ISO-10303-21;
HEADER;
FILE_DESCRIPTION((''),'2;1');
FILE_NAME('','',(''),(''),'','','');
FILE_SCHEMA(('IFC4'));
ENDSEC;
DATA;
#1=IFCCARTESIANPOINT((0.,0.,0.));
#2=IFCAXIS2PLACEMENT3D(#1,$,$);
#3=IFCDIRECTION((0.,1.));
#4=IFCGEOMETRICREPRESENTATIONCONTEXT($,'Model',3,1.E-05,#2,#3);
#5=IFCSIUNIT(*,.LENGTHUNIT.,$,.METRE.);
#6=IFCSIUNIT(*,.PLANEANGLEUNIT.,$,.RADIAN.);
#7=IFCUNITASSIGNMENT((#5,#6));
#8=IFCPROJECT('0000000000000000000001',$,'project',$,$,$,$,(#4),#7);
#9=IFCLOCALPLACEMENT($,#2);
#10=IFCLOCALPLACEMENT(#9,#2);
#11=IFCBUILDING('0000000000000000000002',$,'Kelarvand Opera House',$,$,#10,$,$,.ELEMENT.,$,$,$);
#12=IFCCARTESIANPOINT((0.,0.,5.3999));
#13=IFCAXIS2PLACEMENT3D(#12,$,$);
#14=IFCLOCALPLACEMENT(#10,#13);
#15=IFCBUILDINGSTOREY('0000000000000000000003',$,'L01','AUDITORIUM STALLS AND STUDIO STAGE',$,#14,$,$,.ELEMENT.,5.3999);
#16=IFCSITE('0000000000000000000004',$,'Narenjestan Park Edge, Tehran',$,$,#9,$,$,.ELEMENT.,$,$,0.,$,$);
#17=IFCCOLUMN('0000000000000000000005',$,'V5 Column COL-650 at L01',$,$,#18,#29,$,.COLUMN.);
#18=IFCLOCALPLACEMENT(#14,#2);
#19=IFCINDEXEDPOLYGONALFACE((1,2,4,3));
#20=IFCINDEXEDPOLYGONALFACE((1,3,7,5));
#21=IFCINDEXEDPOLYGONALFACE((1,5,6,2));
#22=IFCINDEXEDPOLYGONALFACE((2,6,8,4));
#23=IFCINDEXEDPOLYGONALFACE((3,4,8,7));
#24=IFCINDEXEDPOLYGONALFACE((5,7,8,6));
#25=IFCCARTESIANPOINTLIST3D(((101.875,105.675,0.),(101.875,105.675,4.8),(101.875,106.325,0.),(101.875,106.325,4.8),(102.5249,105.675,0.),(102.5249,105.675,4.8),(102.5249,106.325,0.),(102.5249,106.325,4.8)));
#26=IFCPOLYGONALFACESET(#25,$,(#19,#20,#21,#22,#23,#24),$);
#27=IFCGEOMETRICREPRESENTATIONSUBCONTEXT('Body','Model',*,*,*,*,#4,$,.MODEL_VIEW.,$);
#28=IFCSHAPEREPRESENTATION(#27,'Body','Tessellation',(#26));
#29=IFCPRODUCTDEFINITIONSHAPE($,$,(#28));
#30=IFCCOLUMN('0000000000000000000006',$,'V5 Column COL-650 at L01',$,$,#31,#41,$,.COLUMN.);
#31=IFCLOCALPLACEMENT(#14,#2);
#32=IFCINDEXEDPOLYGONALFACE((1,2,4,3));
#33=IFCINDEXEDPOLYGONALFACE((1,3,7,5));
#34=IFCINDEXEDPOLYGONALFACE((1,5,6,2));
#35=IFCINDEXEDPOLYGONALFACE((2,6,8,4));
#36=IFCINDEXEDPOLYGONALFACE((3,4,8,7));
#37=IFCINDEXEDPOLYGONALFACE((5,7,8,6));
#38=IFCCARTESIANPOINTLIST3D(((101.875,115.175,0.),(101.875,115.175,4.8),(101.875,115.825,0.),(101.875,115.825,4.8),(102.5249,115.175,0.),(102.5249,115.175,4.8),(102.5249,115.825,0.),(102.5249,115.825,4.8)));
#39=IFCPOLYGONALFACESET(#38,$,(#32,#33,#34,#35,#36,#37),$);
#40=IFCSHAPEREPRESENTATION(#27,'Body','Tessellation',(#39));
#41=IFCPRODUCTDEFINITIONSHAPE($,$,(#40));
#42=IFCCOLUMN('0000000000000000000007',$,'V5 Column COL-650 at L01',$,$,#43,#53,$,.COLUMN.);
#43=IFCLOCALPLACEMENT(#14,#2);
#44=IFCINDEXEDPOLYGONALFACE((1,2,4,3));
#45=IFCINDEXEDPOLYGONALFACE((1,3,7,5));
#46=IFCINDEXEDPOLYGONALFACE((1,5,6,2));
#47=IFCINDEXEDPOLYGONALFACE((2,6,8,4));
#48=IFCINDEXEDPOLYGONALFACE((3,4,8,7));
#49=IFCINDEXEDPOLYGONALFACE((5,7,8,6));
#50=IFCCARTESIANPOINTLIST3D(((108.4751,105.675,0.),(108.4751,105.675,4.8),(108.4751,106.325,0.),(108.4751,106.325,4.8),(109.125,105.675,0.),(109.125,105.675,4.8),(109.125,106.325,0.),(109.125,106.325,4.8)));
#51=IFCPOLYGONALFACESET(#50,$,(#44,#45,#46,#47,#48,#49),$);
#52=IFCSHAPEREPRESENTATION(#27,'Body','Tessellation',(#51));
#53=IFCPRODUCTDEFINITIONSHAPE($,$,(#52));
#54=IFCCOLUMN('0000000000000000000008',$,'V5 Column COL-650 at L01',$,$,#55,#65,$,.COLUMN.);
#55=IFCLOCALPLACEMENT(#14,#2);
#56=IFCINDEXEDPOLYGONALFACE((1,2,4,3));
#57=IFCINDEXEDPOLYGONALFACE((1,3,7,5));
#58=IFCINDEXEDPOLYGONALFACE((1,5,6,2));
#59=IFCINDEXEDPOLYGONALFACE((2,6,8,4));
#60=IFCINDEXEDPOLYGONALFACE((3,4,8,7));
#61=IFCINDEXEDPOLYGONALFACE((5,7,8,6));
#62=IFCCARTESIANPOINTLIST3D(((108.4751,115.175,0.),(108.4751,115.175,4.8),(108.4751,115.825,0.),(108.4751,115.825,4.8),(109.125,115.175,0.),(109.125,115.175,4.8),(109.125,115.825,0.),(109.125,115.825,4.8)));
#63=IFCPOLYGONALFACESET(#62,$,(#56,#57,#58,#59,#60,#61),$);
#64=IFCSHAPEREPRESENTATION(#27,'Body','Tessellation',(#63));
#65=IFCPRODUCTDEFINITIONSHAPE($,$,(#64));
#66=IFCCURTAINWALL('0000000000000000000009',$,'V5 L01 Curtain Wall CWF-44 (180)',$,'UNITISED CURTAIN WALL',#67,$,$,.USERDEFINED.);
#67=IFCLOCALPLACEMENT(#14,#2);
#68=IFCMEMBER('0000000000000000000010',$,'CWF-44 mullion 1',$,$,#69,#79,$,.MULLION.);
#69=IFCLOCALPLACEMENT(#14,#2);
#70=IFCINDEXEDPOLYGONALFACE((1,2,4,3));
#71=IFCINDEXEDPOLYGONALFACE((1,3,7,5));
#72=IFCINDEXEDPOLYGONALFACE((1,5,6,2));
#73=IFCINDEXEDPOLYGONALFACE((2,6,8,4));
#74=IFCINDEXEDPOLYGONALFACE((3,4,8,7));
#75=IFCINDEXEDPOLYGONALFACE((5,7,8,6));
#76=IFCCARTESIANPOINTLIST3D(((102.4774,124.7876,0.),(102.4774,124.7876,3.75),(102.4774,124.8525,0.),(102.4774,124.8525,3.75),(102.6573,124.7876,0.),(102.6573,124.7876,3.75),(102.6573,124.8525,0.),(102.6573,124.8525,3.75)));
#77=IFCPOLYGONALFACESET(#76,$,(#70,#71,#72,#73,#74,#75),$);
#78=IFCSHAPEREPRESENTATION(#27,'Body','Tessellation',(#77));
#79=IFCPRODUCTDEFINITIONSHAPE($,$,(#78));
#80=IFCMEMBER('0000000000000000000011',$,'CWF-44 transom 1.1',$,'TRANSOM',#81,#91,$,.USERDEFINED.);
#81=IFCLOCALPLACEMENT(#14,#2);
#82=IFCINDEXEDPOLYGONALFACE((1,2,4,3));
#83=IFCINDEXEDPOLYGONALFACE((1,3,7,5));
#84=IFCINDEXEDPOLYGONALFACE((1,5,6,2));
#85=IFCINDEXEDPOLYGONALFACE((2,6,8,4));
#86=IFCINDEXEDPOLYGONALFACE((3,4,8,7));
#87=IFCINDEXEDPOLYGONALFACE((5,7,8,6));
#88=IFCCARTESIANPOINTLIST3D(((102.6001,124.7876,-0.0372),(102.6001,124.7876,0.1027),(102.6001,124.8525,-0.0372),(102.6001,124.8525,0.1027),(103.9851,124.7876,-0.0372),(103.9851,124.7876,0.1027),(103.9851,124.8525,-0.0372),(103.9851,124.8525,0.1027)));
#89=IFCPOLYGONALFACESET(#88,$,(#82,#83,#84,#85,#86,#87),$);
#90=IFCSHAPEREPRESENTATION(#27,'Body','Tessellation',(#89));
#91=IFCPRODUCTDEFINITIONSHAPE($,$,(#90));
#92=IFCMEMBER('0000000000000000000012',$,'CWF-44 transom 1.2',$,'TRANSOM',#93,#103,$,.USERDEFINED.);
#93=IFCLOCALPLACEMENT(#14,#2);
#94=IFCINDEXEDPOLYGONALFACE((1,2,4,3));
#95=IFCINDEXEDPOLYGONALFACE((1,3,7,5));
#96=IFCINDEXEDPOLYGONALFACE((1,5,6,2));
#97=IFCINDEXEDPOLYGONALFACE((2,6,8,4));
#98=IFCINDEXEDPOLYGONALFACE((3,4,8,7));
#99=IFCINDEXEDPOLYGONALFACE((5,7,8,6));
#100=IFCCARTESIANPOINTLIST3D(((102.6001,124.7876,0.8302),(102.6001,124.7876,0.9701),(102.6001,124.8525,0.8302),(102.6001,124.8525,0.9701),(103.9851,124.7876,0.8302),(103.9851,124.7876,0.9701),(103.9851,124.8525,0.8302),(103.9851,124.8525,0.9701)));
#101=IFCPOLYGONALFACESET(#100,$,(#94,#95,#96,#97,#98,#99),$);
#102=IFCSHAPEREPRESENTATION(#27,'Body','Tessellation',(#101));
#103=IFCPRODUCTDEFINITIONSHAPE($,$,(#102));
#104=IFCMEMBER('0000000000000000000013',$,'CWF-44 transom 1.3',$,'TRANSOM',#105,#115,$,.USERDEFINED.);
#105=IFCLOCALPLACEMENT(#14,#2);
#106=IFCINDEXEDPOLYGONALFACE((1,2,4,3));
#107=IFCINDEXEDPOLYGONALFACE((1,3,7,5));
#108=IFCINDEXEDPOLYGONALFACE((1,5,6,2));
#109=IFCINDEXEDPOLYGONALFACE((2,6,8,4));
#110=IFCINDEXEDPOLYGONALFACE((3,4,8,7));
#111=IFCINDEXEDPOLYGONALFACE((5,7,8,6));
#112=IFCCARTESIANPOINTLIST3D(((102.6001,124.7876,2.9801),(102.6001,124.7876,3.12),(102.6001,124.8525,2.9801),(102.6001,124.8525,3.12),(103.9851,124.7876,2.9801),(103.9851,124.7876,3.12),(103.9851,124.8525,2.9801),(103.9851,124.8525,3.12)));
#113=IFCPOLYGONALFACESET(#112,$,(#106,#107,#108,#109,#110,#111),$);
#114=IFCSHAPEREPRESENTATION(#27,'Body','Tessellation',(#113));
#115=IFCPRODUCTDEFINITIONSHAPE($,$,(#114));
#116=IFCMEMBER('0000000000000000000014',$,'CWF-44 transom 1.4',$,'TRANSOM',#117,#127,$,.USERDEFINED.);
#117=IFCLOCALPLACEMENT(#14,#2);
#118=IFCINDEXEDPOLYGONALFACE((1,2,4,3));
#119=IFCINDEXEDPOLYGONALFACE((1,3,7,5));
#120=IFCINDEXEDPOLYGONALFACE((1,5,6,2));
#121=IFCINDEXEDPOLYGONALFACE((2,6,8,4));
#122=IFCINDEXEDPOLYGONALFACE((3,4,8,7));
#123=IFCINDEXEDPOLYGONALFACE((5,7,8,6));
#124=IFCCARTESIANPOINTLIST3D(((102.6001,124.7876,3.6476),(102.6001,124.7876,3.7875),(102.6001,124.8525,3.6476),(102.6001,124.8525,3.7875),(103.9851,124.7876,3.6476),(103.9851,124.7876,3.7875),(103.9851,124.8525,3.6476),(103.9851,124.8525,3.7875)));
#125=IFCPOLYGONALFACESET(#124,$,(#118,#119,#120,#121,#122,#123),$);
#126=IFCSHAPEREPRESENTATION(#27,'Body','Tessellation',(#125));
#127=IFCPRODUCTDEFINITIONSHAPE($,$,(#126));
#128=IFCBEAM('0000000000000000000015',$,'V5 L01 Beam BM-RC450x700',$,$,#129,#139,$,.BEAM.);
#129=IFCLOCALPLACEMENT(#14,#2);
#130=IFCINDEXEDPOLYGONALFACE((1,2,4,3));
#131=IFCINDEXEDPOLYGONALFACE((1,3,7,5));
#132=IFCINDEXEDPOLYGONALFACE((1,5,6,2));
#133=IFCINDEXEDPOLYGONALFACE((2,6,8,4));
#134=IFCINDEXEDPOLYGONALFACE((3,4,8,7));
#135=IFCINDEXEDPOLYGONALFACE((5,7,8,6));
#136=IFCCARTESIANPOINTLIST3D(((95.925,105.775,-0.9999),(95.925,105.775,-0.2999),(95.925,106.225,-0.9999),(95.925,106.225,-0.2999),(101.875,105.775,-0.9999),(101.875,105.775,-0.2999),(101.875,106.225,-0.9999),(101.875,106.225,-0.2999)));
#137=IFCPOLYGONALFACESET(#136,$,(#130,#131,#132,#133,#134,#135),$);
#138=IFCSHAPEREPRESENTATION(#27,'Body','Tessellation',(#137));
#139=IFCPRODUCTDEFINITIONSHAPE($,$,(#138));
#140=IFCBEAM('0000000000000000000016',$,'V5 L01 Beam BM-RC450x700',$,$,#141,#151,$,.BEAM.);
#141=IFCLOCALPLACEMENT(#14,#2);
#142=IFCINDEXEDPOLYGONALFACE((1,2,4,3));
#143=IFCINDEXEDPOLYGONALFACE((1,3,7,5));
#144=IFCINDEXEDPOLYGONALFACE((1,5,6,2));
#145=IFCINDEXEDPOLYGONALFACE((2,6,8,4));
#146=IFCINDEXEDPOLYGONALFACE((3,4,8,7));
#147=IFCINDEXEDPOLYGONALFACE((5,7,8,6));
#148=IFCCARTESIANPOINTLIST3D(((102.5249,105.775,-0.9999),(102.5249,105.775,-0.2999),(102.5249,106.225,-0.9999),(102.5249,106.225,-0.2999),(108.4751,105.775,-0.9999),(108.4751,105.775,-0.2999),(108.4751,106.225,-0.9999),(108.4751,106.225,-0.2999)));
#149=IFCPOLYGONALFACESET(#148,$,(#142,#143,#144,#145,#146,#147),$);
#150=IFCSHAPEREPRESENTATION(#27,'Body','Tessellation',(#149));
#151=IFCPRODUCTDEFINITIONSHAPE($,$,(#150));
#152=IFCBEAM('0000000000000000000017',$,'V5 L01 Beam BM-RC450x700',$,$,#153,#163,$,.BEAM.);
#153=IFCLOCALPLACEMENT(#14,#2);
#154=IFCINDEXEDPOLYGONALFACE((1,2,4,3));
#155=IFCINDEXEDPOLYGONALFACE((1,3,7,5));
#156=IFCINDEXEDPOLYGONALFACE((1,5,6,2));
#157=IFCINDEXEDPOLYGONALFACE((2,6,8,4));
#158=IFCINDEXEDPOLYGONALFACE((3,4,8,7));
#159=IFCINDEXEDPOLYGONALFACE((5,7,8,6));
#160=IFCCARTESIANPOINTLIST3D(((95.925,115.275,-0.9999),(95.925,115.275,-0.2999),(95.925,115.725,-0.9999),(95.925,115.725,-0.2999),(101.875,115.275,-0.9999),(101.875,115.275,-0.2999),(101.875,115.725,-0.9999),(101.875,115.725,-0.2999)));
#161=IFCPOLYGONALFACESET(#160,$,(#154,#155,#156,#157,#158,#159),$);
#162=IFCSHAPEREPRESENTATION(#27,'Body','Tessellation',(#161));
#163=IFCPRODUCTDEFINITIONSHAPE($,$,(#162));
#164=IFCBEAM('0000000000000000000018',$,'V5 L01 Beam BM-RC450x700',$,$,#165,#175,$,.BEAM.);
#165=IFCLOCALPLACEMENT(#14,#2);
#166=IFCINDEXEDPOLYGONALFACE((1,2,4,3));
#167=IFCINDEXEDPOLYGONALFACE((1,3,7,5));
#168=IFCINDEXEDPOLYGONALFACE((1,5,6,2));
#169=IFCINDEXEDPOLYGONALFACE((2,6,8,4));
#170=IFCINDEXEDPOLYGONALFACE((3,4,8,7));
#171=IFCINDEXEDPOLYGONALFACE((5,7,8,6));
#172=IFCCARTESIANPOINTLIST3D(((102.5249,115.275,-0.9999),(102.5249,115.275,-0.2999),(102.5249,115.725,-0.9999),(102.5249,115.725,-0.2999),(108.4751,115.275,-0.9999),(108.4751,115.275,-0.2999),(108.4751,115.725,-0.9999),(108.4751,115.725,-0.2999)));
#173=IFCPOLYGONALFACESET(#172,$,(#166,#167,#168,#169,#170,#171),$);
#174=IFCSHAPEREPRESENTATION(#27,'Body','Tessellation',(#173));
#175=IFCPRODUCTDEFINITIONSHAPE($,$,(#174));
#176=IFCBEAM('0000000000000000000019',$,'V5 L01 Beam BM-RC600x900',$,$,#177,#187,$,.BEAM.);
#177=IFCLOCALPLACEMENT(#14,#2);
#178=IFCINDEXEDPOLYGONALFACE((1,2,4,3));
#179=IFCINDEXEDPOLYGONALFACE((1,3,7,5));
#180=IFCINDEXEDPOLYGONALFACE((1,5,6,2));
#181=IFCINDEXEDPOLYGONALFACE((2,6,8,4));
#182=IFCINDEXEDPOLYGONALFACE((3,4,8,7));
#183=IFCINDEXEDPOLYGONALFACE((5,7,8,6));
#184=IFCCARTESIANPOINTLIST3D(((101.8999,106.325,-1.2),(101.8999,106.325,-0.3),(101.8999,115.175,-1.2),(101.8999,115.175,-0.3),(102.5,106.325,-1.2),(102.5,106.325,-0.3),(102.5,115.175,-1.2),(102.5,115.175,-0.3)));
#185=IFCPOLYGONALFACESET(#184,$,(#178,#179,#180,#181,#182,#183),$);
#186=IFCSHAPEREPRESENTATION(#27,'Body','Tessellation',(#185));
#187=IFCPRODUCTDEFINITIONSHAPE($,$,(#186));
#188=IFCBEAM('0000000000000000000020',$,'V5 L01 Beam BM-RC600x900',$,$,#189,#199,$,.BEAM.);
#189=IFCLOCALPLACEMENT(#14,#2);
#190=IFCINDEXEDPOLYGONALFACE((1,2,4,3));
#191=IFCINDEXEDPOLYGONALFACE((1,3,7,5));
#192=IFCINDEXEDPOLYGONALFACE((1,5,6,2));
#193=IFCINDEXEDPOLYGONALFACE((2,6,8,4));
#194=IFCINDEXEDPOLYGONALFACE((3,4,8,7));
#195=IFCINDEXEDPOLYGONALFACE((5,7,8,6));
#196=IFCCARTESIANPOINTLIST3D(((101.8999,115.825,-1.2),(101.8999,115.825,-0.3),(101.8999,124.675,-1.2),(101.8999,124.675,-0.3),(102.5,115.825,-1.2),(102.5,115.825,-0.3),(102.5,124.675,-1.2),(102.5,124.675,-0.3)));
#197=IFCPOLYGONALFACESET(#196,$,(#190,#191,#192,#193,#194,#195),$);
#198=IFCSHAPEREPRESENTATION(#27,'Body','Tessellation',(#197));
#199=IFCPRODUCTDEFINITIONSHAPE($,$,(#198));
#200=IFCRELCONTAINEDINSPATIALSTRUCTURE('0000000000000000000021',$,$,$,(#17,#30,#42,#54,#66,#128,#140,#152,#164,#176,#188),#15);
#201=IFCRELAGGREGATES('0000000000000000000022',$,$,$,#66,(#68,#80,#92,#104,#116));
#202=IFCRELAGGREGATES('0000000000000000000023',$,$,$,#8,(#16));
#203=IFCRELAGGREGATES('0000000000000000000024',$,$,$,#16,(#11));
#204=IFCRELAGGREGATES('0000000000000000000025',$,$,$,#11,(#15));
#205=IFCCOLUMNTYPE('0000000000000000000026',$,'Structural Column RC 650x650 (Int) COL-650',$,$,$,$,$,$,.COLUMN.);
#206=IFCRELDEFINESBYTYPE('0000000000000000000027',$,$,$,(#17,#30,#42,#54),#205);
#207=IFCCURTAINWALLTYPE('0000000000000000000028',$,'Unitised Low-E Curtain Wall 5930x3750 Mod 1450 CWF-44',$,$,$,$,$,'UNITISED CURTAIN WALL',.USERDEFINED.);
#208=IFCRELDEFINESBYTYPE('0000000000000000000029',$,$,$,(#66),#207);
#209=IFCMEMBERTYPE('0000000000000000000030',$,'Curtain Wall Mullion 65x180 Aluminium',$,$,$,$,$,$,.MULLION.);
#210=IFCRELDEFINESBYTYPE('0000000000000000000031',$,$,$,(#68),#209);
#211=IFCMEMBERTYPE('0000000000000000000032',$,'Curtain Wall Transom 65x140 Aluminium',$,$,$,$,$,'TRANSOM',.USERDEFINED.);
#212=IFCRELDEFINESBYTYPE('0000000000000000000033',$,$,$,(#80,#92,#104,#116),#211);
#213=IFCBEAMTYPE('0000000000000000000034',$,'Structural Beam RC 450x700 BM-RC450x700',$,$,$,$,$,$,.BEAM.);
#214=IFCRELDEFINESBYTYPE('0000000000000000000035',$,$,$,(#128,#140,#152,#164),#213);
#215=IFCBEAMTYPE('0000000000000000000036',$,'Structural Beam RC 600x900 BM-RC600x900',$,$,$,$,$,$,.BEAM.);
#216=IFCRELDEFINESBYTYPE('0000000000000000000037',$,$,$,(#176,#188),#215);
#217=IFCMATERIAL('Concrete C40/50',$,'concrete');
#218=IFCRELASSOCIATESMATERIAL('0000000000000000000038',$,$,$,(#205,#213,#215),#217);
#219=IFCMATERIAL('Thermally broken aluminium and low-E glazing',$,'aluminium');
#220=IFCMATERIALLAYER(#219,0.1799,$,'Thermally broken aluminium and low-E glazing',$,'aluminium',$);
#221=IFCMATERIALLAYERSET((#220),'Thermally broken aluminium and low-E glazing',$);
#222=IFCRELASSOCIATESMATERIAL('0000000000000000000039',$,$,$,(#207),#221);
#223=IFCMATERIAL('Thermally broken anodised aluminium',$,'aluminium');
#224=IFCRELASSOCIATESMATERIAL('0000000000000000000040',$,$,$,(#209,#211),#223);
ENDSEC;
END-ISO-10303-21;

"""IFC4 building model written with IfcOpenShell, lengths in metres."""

from ifc_helpers import new_model, si_unit, direction, frame, origin, origin_2d, place, context, subcontext, project, spatial, rectangle, extrude, material, layer, layer_set, material_profile, profile_set, type_object, element, aggregate, save


model = new_model("IFC4")

# Units and contexts
model_context = context("Model", 3, precision=1e-05, world=origin(), true_north=direction((0.0, 1.0)))
body_context = subcontext(model_context, "Body", "Model", "MODEL_VIEW")
ifc_project = project(units=[si_unit("LENGTHUNIT", "METRE"), si_unit("PLANEANGLEUNIT", "RADIAN")], contexts=[model_context])

# Site, building, storey
site_placement = place(None, origin())
site = spatial("IfcSite", under=ifc_project, at=site_placement, Name="Narenjestan Park Edge, Tehran", CompositionType="ELEMENT", RefElevation=0.0)
building_placement = place(site_placement, origin())
building = spatial("IfcBuilding", under=site, at=building_placement, Name="Kelarvand Opera House", CompositionType="ELEMENT")
storey_placement = place(building_placement, frame((0.0, 0.0, 5.3999)))
storey = spatial("IfcBuildingStorey", under=building, at=storey_placement, Name="L01", Description="AUDITORIUM STALLS AND STUDIO STAGE", CompositionType="ELEMENT", Elevation=5.3999)

# Columns
ifc_material_1 = material(Name="Concrete C40/50", Category="concrete")
ifc_material_profile_1 = material_profile(ifc_material_1, rectangle(XDim=0.6499, YDim=0.6499, at=origin_2d()), Name="RC 650x650", Category="concrete")
ifc_profile_set_1 = profile_set([ifc_material_profile_1], Name="Concrete C40/50")
column_type = type_object("IfcColumnType", Name="Structural Column RC 650x650 (Int) COL-650", PredefinedType="COLUMN", material=ifc_profile_set_1)
for number, where, z_axis, x_axis, name in (
    (1, (102.2, 106.0, 0.0), (0.0, 0.0, 1.0), (1.0, 0.0, 0.0), "V5 Column COL-650 at L01"),
    (2, (102.2, 115.5, 0.0), (0.0, 0.0, 1.0), (1.0, 0.0, 0.0), "V5 Column COL-650 at L01"),
    (3, (108.8, 106.0, 0.0), (0.0, 0.0, 1.0), (1.0, 0.0, 0.0), "V5 Column COL-650 at L01"),
    (4, (108.8, 115.5, 0.0), (0.0, 0.0, 1.0), (1.0, 0.0, 0.0), "V5 Column COL-650 at L01"),
):
    element("IfcColumn", number, at=place(storey_placement, frame(where, z_axis=z_axis, x_axis=x_axis)), inside=storey, type_object=column_type, Name=name, PredefinedType="COLUMN", context=body_context, shape_type="SweptSolid", body=[
        extrude(rectangle(XDim=0.6499, YDim=0.6499, at=origin_2d()), origin(), (0.0, 0.0, 1.0), 4.8),
    ])

# Curtain wall, members
ifc_material_2 = material(Name="Thermally broken aluminium and low-E glazing", Category="aluminium")
ifc_layer_1 = layer(ifc_material_2, 0.1799, Name="Thermally broken aluminium and low-E glazing", Category="aluminium")
ifc_layer_set_1 = layer_set([ifc_layer_1], Name="Thermally broken aluminium and low-E glazing")
curtain_wall_type = type_object("IfcCurtainWallType", Name="Unitised Low-E Curtain Wall 5930x3750 Mod 1450 CWF-44", ElementType="UNITISED CURTAIN WALL", PredefinedType="USERDEFINED", material=ifc_layer_set_1)
curtain_wall_placement = place(storey_placement, origin())
curtain_wall = element("IfcCurtainWall", 5, at=curtain_wall_placement, inside=storey, type_object=curtain_wall_type, Name="V5 L01 Curtain Wall CWF-44 (180)", ObjectType="UNITISED CURTAIN WALL", PredefinedType="USERDEFINED")
ifc_material_3 = material(Name="Thermally broken anodised aluminium", Category="aluminium")
ifc_material_profile_2 = material_profile(ifc_material_3, rectangle(XDim=0.0649, YDim=0.1799, at=origin_2d()), Name="ALU MULLION 65x180", Category="aluminium")
ifc_profile_set_2 = profile_set([ifc_material_profile_2], Name="Thermally broken anodised aluminium")
member_type_1 = type_object("IfcMemberType", Name="Curtain Wall Mullion 65x180 Aluminium", PredefinedType="MULLION", material=ifc_profile_set_2)
member_1_placement = place(storey_placement, frame((102.5674, 124.8201, 0.0), z_axis=(0.0, 0.0, 1.0), x_axis=(0.0, 1.0, 0.0)))
member_1 = element("IfcMember", 6, at=member_1_placement, type_object=member_type_1, Name="CWF-44 mullion 1", PredefinedType="MULLION", context=body_context, shape_type="SweptSolid", body=[
    extrude(rectangle(XDim=0.0649, YDim=0.1799, at=origin_2d()), origin(), (0.0, 0.0, 1.0), 3.75),
])
ifc_material_profile_3 = material_profile(ifc_material_3, rectangle(XDim=0.0649, YDim=0.1399, at=origin_2d()), Name="ALU TRANSOM 65x140", Category="aluminium")
ifc_profile_set_3 = profile_set([ifc_material_profile_3], Name="Thermally broken anodised aluminium")
member_type_2 = type_object("IfcMemberType", Name="Curtain Wall Transom 65x140 Aluminium", ElementType="TRANSOM", PredefinedType="USERDEFINED", material=ifc_profile_set_3)
member_2_placement = place(storey_placement, frame((102.6001, 124.8201, 0.0327), z_axis=(1.0, 0.0, 0.0), x_axis=(0.0, 1.0, 0.0)))
member_2 = element("IfcMember", 7, at=member_2_placement, type_object=member_type_2, Name="CWF-44 transom 1.1", ObjectType="TRANSOM", PredefinedType="USERDEFINED", context=body_context, shape_type="SweptSolid", body=[
    extrude(rectangle(XDim=0.0649, YDim=0.1399, at=origin_2d()), origin(), (0.0, 0.0, 1.0), 1.385),
])
member_3_placement = place(storey_placement, frame((102.6001, 124.8201, 0.9001), z_axis=(1.0, 0.0, 0.0), x_axis=(0.0, 1.0, 0.0)))
member_3 = element("IfcMember", 8, at=member_3_placement, type_object=member_type_2, Name="CWF-44 transom 1.2", ObjectType="TRANSOM", PredefinedType="USERDEFINED", context=body_context, shape_type="SweptSolid", body=[
    extrude(rectangle(XDim=0.0649, YDim=0.1399, at=origin_2d()), origin(), (0.0, 0.0, 1.0), 1.385),
])
member_4_placement = place(storey_placement, frame((102.6001, 124.8201, 3.05), z_axis=(1.0, 0.0, 0.0), x_axis=(0.0, 1.0, 0.0)))
member_4 = element("IfcMember", 9, at=member_4_placement, type_object=member_type_2, Name="CWF-44 transom 1.3", ObjectType="TRANSOM", PredefinedType="USERDEFINED", context=body_context, shape_type="SweptSolid", body=[
    extrude(rectangle(XDim=0.0649, YDim=0.1399, at=origin_2d()), origin(), (0.0, 0.0, 1.0), 1.385),
])
member_5_placement = place(storey_placement, frame((102.6001, 124.8201, 3.7175), z_axis=(1.0, 0.0, 0.0), x_axis=(0.0, 1.0, 0.0)))
member_5 = element("IfcMember", 10, at=member_5_placement, type_object=member_type_2, Name="CWF-44 transom 1.4", ObjectType="TRANSOM", PredefinedType="USERDEFINED", context=body_context, shape_type="SweptSolid", body=[
    extrude(rectangle(XDim=0.0649, YDim=0.1399, at=origin_2d()), origin(), (0.0, 0.0, 1.0), 1.385),
])

# Beams
ifc_material_profile_4 = material_profile(ifc_material_1, rectangle(XDim=0.45, YDim=0.7, at=origin_2d()), Name="RC 450x700", Category="concrete")
ifc_profile_set_4 = profile_set([ifc_material_profile_4], Name="Concrete C40/50")
beam_type_1 = type_object("IfcBeamType", Name="Structural Beam RC 450x700 BM-RC450x700", PredefinedType="BEAM", material=ifc_profile_set_4)
beam_1_placement = place(storey_placement, frame((95.925, 106.0, -0.6499), z_axis=(1.0, 0.0, 0.0), x_axis=(0.0, 1.0, 0.0)))
element("IfcBeam", 11, at=beam_1_placement, inside=storey, type_object=beam_type_1, Name="V5 L01 Beam BM-RC450x700", PredefinedType="BEAM", context=body_context, shape_type="SweptSolid", body=[
    extrude(rectangle(XDim=0.45, YDim=0.7, at=origin_2d()), origin(), (0.0, 0.0, 1.0), 5.95),
])
beam_2_placement = place(storey_placement, frame((102.5249, 106.0, -0.6499), z_axis=(1.0, 0.0, 0.0), x_axis=(0.0, 1.0, 0.0)))
element("IfcBeam", 12, at=beam_2_placement, inside=storey, type_object=beam_type_1, Name="V5 L01 Beam BM-RC450x700", PredefinedType="BEAM", context=body_context, shape_type="SweptSolid", body=[
    extrude(rectangle(XDim=0.45, YDim=0.7, at=origin_2d()), origin(), (0.0, 0.0, 1.0), 5.9502),
])
beam_3_placement = place(storey_placement, frame((95.925, 115.5, -0.6499), z_axis=(1.0, 0.0, 0.0), x_axis=(0.0, 1.0, 0.0)))
element("IfcBeam", 13, at=beam_3_placement, inside=storey, type_object=beam_type_1, Name="V5 L01 Beam BM-RC450x700", PredefinedType="BEAM", context=body_context, shape_type="SweptSolid", body=[
    extrude(rectangle(XDim=0.45, YDim=0.7, at=origin_2d()), origin(), (0.0, 0.0, 1.0), 5.95),
])
beam_4_placement = place(storey_placement, frame((102.5249, 115.5, -0.6499), z_axis=(1.0, 0.0, 0.0), x_axis=(0.0, 1.0, 0.0)))
element("IfcBeam", 14, at=beam_4_placement, inside=storey, type_object=beam_type_1, Name="V5 L01 Beam BM-RC450x700", PredefinedType="BEAM", context=body_context, shape_type="SweptSolid", body=[
    extrude(rectangle(XDim=0.45, YDim=0.7, at=origin_2d()), origin(), (0.0, 0.0, 1.0), 5.9502),
])
ifc_material_profile_5 = material_profile(ifc_material_1, rectangle(XDim=0.6001, YDim=0.8999, at=origin_2d()), Name="RC 600x900", Category="concrete")
ifc_profile_set_5 = profile_set([ifc_material_profile_5], Name="Concrete C40/50")
beam_type_2 = type_object("IfcBeamType", Name="Structural Beam RC 600x900 BM-RC600x900", PredefinedType="BEAM", material=ifc_profile_set_5)
for number, where, z_axis, x_axis, name in (
    (15, (102.2, 106.325, -0.75), (0.0, 1.0, 0.0), (-1.0, 0.0, 0.0), "V5 L01 Beam BM-RC600x900"),
    (16, (102.2, 115.825, -0.75), (0.0, 1.0, 0.0), (-1.0, 0.0, 0.0), "V5 L01 Beam BM-RC600x900"),
):
    element("IfcBeam", number, at=place(storey_placement, frame(where, z_axis=z_axis, x_axis=x_axis)), inside=storey, type_object=beam_type_2, Name=name, PredefinedType="BEAM", context=body_context, shape_type="SweptSolid", body=[
        extrude(rectangle(XDim=0.6001, YDim=0.8999, at=origin_2d()), origin(), (0.0, 0.0, 1.0), 8.8501),
    ])

aggregate(curtain_wall, [member_1, member_2, member_3, member_4, member_5])

save(model, "model.ifc")
